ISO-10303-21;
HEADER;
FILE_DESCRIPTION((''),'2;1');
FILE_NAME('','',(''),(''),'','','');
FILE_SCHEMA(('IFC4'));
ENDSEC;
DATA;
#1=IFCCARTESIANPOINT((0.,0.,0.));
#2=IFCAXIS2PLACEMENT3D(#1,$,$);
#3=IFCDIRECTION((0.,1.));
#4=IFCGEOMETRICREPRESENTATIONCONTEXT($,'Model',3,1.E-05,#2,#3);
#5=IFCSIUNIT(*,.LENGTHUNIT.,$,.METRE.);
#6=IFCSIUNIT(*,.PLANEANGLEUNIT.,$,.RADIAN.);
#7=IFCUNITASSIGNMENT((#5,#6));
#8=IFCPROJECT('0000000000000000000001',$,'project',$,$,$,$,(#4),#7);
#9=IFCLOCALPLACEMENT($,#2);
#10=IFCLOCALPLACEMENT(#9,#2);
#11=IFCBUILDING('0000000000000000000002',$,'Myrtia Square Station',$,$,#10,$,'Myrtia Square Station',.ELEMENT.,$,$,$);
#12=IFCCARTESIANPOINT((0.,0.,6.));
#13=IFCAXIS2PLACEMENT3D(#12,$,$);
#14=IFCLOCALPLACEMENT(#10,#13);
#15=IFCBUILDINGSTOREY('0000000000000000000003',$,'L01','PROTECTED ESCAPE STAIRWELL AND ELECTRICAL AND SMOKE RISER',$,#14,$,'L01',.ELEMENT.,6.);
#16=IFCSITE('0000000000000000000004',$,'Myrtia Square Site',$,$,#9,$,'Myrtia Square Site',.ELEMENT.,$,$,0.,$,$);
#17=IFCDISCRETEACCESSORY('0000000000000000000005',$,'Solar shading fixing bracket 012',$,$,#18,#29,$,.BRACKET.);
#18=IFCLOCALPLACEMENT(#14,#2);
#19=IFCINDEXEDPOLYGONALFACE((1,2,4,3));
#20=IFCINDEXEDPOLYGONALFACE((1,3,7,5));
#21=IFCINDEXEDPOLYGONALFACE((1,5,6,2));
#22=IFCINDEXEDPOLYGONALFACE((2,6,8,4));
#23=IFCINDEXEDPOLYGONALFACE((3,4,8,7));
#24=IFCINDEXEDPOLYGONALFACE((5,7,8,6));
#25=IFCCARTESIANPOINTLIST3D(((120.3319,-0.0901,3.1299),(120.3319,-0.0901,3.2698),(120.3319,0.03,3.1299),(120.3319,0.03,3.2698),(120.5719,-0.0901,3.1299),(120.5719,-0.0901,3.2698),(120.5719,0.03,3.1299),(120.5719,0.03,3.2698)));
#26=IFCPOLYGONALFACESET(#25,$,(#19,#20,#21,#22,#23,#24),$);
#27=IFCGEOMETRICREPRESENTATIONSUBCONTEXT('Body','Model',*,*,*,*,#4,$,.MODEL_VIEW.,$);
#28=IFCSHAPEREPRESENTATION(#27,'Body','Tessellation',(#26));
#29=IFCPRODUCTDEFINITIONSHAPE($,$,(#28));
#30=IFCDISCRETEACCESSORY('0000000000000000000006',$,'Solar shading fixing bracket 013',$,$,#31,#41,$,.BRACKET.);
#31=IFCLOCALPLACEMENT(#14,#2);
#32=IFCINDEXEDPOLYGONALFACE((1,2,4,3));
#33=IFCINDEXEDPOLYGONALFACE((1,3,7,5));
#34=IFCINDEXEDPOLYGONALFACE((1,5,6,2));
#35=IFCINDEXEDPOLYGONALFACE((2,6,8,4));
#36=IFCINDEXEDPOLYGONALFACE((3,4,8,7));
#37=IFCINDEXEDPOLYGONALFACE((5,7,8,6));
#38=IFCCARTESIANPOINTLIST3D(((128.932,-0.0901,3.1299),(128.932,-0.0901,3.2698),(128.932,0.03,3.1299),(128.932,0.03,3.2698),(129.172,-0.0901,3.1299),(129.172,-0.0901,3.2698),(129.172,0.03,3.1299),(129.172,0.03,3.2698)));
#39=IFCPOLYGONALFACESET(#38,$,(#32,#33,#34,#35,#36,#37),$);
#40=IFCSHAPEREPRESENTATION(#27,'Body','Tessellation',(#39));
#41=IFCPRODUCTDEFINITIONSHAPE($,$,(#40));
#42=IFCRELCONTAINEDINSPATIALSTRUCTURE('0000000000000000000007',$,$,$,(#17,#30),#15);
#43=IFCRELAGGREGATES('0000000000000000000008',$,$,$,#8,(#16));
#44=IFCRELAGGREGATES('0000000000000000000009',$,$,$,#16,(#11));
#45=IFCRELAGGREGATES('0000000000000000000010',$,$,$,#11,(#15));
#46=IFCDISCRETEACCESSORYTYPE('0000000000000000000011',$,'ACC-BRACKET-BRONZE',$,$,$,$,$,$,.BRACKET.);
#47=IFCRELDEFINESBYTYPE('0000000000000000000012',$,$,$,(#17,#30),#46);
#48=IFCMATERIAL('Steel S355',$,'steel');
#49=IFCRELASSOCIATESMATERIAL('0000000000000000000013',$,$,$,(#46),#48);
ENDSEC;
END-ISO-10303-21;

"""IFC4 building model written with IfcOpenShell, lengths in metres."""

from ifc_helpers import new_model, si_unit, direction, frame, origin, origin_2d, place, context, subcontext, project, spatial, rectangle, extrude, material, type_object, element, save


model = new_model("IFC4")

# Units and contexts
model_context = context("Model", 3, precision=1e-05, world=origin(), true_north=direction((0.0, 1.0)))
body_context = subcontext(model_context, "Body", "Model", "MODEL_VIEW")
ifc_project = project(units=[si_unit("LENGTHUNIT", "METRE"), si_unit("PLANEANGLEUNIT", "RADIAN")], contexts=[model_context])

# Site, building, storey
site_placement = place(None, origin())
site = spatial("IfcSite", under=ifc_project, at=site_placement, Name="Myrtia Square Site", LongName="Myrtia Square Site", CompositionType="ELEMENT", RefElevation=0.0)
building_placement = place(site_placement, origin())
building = spatial("IfcBuilding", under=site, at=building_placement, Name="Myrtia Square Station", LongName="Myrtia Square Station", CompositionType="ELEMENT")
storey_placement = place(building_placement, frame((0.0, 0.0, 6.0)))
storey = spatial("IfcBuildingStorey", under=building, at=storey_placement, Name="L01", Description="PROTECTED ESCAPE STAIRWELL AND ELECTRICAL AND SMOKE RISER", LongName="L01", CompositionType="ELEMENT", Elevation=6.0)

# Shared definitions
ifc_material_1 = material(Name="Steel S355", Category="steel")

# Discrete accessories
discrete_accessory_type = type_object("IfcDiscreteAccessoryType", Name="ACC-BRACKET-BRONZE", PredefinedType="BRACKET", material=ifc_material_1)
for number, where, z_axis, x_axis, name in (
    (1, (120.4519, -0.03, 3.1299), (0.0, 0.0, 1.0), (1.0, 0.0, 0.0), "Solar shading fixing bracket 012"),
    (2, (129.052, -0.03, 3.1299), (0.0, 0.0, 1.0), (1.0, 0.0, 0.0), "Solar shading fixing bracket 013"),
):
    element("IfcDiscreteAccessory", number, at=place(storey_placement, frame(where, z_axis=z_axis, x_axis=x_axis)), inside=storey, type_object=discrete_accessory_type, Name=name, PredefinedType="BRACKET", context=body_context, shape_type="SweptSolid", body=[
        extrude(rectangle(XDim=0.24, YDim=0.1201, at=origin_2d()), origin(), (0.0, 0.0, 1.0), 0.1399),
    ])

save(model, "model.ifc")
